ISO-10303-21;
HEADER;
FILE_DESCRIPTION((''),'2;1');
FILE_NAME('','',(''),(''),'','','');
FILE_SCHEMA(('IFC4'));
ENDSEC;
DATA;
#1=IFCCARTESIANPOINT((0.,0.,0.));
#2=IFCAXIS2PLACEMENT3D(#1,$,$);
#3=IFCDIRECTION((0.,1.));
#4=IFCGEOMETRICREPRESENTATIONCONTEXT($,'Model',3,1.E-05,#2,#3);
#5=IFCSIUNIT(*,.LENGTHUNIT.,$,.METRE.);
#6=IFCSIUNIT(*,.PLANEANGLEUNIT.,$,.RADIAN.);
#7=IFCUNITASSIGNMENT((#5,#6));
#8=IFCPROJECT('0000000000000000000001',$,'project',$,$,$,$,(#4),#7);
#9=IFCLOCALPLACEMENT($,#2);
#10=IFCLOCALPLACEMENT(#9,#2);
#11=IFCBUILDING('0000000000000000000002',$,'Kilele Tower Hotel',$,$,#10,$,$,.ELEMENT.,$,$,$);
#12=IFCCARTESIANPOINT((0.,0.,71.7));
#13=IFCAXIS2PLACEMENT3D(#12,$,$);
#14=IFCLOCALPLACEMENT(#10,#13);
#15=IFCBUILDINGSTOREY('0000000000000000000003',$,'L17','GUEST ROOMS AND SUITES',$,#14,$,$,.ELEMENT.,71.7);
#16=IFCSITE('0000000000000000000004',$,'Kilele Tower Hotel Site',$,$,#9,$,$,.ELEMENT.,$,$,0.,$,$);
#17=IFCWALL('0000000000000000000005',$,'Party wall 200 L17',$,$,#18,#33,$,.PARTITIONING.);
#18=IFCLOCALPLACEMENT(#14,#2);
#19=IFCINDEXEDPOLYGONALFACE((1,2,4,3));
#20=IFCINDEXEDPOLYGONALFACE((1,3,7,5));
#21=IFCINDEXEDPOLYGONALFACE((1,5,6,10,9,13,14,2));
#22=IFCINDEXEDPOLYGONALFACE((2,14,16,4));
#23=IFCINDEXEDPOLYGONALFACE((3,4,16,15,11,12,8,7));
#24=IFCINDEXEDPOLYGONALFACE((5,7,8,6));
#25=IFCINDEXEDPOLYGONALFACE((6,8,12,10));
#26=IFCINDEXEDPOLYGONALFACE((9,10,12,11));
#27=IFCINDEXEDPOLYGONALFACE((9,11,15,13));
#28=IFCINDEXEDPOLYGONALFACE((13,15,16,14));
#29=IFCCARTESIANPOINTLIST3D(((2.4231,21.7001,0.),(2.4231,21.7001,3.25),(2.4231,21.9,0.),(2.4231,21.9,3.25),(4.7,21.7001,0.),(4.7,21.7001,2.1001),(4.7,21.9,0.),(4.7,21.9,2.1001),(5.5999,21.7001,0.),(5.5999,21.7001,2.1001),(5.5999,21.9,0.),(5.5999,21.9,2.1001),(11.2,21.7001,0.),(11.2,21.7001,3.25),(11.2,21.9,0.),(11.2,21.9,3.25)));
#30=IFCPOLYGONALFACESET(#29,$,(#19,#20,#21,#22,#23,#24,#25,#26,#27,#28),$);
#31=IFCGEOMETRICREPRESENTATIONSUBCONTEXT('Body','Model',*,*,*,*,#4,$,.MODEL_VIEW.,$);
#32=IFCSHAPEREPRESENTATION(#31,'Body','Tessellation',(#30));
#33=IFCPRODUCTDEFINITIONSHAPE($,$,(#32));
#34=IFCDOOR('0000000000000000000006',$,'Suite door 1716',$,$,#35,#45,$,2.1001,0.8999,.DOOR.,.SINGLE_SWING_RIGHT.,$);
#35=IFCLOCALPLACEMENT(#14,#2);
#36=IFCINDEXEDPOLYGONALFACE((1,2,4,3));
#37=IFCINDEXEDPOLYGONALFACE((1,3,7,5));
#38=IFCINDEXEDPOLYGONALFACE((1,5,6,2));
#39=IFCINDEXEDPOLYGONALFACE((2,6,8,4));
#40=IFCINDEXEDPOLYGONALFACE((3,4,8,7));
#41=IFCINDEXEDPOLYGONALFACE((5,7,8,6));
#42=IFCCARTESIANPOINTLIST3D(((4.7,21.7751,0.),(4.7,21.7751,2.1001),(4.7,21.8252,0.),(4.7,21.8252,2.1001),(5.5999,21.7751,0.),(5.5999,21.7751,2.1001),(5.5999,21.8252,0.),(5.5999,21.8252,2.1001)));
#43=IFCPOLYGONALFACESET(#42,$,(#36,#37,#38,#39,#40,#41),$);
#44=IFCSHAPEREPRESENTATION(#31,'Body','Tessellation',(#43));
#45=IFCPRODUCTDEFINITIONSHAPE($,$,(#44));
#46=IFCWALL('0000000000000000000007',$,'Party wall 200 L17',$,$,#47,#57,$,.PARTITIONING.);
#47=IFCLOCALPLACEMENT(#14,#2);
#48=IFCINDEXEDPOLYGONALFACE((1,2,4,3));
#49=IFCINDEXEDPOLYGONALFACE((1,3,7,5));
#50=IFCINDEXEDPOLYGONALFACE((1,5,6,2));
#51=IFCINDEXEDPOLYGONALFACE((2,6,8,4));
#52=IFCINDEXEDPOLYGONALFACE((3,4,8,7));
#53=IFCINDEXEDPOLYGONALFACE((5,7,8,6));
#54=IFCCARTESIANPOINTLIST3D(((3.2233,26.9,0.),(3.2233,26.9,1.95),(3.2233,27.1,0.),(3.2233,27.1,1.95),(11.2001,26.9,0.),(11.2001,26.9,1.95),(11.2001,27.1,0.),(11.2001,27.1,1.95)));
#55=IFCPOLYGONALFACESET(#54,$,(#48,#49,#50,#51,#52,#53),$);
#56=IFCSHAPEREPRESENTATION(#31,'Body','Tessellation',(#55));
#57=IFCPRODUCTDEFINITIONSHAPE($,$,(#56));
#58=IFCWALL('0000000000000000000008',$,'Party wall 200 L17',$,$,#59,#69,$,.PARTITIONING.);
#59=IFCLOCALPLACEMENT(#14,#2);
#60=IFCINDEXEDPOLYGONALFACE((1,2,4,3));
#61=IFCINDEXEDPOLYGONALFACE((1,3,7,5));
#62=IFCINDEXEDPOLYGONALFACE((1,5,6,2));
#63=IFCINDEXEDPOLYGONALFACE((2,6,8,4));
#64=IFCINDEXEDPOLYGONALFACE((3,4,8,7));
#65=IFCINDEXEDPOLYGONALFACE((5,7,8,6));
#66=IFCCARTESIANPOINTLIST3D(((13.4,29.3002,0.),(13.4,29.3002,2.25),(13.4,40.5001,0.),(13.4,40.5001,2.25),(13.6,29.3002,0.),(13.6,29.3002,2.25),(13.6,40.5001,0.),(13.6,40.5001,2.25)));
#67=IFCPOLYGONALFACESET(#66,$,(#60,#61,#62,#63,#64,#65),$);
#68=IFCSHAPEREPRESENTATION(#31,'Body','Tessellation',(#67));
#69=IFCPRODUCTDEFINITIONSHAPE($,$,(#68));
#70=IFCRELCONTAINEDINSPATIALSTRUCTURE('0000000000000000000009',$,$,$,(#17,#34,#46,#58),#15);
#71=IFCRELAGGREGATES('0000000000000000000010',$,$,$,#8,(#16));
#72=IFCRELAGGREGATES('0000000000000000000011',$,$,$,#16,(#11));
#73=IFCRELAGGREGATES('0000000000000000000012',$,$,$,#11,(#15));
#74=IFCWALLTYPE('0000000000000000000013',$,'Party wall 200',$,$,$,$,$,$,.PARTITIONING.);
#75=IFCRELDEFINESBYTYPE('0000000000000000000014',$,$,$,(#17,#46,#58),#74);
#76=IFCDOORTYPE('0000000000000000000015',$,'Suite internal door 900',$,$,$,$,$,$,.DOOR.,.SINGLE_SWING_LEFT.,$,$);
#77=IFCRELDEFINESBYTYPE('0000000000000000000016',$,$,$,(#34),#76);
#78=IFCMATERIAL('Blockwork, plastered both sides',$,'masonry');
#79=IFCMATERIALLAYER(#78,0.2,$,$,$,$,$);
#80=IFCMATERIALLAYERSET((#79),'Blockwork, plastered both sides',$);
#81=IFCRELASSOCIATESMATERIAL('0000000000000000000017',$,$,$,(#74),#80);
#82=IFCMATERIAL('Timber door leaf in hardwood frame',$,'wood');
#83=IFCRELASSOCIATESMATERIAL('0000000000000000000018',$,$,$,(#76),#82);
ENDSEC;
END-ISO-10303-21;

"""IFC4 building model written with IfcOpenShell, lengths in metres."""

from ifc_helpers import new_model, si_unit, direction, frame, frame_2d, origin, place, context, subcontext, project, spatial, rectangle, extrude, material, layer, layer_set, type_object, element, fill, save


model = new_model("IFC4")

# Units and contexts
model_context = context("Model", 3, precision=1e-05, world=origin(), true_north=direction((0.0, 1.0)))
body_context = subcontext(model_context, "Body", "Model", "MODEL_VIEW")
ifc_project = project(units=[si_unit("LENGTHUNIT", "METRE"), si_unit("PLANEANGLEUNIT", "RADIAN")], contexts=[model_context])

# Site, building, storey
site_placement = place(None, origin())
site = spatial("IfcSite", under=ifc_project, at=site_placement, Name="Kilele Tower Hotel Site", CompositionType="ELEMENT", RefElevation=0.0)
building_placement = place(site_placement, origin())
building = spatial("IfcBuilding", under=site, at=building_placement, Name="Kilele Tower Hotel", CompositionType="ELEMENT")
storey_placement = place(building_placement, frame((0.0, 0.0, 71.7)))
storey = spatial("IfcBuildingStorey", under=building, at=storey_placement, Name="L17", Description="GUEST ROOMS AND SUITES", CompositionType="ELEMENT", Elevation=71.7)

# Wall, opening, door
ifc_material_1 = material(Name="Blockwork, plastered both sides", Category="masonry")
ifc_layer_1 = layer(ifc_material_1, 0.2)
ifc_layer_set_1 = layer_set([ifc_layer_1], Name="Blockwork, plastered both sides")
wall_type_1 = type_object("IfcWallType", Name="Party wall 200", PredefinedType="PARTITIONING", material=ifc_layer_set_1)
wall_1_placement = place(storey_placement, frame((11.2, 21.8, 0.0), z_axis=(0.0, 0.0, 1.0), x_axis=(-1.0, 0.0, 0.0)))
wall_1 = element("IfcWall", 1, at=wall_1_placement, inside=storey, type_object=wall_type_1, Name="Party wall 200 L17", PredefinedType="PARTITIONING", context=body_context, shape_type="SweptSolid", body=[
    extrude(rectangle(XDim=8.7769, YDim=0.2, at=frame_2d((4.3884, 0.0))), origin(), (0.0, 0.0, 1.0), 3.25),
])
opening_1_placement = place(wall_1_placement, frame((5.6001, 0.0, 0.0)))
opening_1 = element("IfcOpeningElement", 2, at=opening_1_placement, cuts=wall_1, PredefinedType="OPENING", context=body_context, shape_type="SweptSolid", body=[
    extrude(rectangle(XDim=0.8999, YDim=2.1001, at=frame_2d((0.45, 1.05))), frame((0.0, 0.1099, 0.0), z_axis=(0.0, -1.0, 0.0), x_axis=(1.0, 0.0, 0.0)), (0.0, 0.0, 1.0), 0.22),
])
ifc_material_2 = material(Name="Timber door leaf in hardwood frame", Category="wood")
door_type_1 = type_object("IfcDoorType", Name="Suite internal door 900", OperationType="SINGLE_SWING_LEFT", PredefinedType="DOOR", material=ifc_material_2)
door_1_placement = place(opening_1_placement, origin())
door_1 = element("IfcDoor", 3, at=door_1_placement, inside=storey, type_object=door_type_1, Name="Suite door 1716", OperationType="SINGLE_SWING_RIGHT", OverallHeight=2.1001, OverallWidth=0.8999, PredefinedType="DOOR", context=body_context, shape_type="SweptSolid", body=[
    extrude(rectangle(XDim=0.8999, YDim=2.1001, at=frame_2d((0.45, 1.05))), frame((0.0, 0.0249, 0.0), z_axis=(0.0, -1.0, 0.0), x_axis=(1.0, 0.0, 0.0)), (0.0, 0.0, 1.0), 0.05),
])
fill(opening_1, door_1)

# Walls
wall_2_placement = place(storey_placement, frame((11.2, 27.0, 0.0), z_axis=(0.0, 0.0, 1.0), x_axis=(-1.0, 0.0, 0.0)))
element("IfcWall", 4, at=wall_2_placement, inside=storey, type_object=wall_type_1, Name="Party wall 200 L17", PredefinedType="PARTITIONING", context=body_context, shape_type="SweptSolid", body=[
    extrude(rectangle(XDim=7.9768, YDim=0.2, at=frame_2d((3.9883, 0.0))), origin(), (0.0, 0.0, 1.0), 1.95),
])
wall_3_placement = place(storey_placement, frame((13.5, 29.3, 0.0), z_axis=(0.0, 0.0, 1.0), x_axis=(0.0, 1.0, 0.0)))
element("IfcWall", 5, at=wall_3_placement, inside=storey, type_object=wall_type_1, Name="Party wall 200 L17", PredefinedType="PARTITIONING", context=body_context, shape_type="SweptSolid", body=[
    extrude(rectangle(XDim=11.2, YDim=0.2, at=frame_2d((5.6001, 0.0))), origin(), (0.0, 0.0, 1.0), 2.25),
])

save(model, "model.ifc")
